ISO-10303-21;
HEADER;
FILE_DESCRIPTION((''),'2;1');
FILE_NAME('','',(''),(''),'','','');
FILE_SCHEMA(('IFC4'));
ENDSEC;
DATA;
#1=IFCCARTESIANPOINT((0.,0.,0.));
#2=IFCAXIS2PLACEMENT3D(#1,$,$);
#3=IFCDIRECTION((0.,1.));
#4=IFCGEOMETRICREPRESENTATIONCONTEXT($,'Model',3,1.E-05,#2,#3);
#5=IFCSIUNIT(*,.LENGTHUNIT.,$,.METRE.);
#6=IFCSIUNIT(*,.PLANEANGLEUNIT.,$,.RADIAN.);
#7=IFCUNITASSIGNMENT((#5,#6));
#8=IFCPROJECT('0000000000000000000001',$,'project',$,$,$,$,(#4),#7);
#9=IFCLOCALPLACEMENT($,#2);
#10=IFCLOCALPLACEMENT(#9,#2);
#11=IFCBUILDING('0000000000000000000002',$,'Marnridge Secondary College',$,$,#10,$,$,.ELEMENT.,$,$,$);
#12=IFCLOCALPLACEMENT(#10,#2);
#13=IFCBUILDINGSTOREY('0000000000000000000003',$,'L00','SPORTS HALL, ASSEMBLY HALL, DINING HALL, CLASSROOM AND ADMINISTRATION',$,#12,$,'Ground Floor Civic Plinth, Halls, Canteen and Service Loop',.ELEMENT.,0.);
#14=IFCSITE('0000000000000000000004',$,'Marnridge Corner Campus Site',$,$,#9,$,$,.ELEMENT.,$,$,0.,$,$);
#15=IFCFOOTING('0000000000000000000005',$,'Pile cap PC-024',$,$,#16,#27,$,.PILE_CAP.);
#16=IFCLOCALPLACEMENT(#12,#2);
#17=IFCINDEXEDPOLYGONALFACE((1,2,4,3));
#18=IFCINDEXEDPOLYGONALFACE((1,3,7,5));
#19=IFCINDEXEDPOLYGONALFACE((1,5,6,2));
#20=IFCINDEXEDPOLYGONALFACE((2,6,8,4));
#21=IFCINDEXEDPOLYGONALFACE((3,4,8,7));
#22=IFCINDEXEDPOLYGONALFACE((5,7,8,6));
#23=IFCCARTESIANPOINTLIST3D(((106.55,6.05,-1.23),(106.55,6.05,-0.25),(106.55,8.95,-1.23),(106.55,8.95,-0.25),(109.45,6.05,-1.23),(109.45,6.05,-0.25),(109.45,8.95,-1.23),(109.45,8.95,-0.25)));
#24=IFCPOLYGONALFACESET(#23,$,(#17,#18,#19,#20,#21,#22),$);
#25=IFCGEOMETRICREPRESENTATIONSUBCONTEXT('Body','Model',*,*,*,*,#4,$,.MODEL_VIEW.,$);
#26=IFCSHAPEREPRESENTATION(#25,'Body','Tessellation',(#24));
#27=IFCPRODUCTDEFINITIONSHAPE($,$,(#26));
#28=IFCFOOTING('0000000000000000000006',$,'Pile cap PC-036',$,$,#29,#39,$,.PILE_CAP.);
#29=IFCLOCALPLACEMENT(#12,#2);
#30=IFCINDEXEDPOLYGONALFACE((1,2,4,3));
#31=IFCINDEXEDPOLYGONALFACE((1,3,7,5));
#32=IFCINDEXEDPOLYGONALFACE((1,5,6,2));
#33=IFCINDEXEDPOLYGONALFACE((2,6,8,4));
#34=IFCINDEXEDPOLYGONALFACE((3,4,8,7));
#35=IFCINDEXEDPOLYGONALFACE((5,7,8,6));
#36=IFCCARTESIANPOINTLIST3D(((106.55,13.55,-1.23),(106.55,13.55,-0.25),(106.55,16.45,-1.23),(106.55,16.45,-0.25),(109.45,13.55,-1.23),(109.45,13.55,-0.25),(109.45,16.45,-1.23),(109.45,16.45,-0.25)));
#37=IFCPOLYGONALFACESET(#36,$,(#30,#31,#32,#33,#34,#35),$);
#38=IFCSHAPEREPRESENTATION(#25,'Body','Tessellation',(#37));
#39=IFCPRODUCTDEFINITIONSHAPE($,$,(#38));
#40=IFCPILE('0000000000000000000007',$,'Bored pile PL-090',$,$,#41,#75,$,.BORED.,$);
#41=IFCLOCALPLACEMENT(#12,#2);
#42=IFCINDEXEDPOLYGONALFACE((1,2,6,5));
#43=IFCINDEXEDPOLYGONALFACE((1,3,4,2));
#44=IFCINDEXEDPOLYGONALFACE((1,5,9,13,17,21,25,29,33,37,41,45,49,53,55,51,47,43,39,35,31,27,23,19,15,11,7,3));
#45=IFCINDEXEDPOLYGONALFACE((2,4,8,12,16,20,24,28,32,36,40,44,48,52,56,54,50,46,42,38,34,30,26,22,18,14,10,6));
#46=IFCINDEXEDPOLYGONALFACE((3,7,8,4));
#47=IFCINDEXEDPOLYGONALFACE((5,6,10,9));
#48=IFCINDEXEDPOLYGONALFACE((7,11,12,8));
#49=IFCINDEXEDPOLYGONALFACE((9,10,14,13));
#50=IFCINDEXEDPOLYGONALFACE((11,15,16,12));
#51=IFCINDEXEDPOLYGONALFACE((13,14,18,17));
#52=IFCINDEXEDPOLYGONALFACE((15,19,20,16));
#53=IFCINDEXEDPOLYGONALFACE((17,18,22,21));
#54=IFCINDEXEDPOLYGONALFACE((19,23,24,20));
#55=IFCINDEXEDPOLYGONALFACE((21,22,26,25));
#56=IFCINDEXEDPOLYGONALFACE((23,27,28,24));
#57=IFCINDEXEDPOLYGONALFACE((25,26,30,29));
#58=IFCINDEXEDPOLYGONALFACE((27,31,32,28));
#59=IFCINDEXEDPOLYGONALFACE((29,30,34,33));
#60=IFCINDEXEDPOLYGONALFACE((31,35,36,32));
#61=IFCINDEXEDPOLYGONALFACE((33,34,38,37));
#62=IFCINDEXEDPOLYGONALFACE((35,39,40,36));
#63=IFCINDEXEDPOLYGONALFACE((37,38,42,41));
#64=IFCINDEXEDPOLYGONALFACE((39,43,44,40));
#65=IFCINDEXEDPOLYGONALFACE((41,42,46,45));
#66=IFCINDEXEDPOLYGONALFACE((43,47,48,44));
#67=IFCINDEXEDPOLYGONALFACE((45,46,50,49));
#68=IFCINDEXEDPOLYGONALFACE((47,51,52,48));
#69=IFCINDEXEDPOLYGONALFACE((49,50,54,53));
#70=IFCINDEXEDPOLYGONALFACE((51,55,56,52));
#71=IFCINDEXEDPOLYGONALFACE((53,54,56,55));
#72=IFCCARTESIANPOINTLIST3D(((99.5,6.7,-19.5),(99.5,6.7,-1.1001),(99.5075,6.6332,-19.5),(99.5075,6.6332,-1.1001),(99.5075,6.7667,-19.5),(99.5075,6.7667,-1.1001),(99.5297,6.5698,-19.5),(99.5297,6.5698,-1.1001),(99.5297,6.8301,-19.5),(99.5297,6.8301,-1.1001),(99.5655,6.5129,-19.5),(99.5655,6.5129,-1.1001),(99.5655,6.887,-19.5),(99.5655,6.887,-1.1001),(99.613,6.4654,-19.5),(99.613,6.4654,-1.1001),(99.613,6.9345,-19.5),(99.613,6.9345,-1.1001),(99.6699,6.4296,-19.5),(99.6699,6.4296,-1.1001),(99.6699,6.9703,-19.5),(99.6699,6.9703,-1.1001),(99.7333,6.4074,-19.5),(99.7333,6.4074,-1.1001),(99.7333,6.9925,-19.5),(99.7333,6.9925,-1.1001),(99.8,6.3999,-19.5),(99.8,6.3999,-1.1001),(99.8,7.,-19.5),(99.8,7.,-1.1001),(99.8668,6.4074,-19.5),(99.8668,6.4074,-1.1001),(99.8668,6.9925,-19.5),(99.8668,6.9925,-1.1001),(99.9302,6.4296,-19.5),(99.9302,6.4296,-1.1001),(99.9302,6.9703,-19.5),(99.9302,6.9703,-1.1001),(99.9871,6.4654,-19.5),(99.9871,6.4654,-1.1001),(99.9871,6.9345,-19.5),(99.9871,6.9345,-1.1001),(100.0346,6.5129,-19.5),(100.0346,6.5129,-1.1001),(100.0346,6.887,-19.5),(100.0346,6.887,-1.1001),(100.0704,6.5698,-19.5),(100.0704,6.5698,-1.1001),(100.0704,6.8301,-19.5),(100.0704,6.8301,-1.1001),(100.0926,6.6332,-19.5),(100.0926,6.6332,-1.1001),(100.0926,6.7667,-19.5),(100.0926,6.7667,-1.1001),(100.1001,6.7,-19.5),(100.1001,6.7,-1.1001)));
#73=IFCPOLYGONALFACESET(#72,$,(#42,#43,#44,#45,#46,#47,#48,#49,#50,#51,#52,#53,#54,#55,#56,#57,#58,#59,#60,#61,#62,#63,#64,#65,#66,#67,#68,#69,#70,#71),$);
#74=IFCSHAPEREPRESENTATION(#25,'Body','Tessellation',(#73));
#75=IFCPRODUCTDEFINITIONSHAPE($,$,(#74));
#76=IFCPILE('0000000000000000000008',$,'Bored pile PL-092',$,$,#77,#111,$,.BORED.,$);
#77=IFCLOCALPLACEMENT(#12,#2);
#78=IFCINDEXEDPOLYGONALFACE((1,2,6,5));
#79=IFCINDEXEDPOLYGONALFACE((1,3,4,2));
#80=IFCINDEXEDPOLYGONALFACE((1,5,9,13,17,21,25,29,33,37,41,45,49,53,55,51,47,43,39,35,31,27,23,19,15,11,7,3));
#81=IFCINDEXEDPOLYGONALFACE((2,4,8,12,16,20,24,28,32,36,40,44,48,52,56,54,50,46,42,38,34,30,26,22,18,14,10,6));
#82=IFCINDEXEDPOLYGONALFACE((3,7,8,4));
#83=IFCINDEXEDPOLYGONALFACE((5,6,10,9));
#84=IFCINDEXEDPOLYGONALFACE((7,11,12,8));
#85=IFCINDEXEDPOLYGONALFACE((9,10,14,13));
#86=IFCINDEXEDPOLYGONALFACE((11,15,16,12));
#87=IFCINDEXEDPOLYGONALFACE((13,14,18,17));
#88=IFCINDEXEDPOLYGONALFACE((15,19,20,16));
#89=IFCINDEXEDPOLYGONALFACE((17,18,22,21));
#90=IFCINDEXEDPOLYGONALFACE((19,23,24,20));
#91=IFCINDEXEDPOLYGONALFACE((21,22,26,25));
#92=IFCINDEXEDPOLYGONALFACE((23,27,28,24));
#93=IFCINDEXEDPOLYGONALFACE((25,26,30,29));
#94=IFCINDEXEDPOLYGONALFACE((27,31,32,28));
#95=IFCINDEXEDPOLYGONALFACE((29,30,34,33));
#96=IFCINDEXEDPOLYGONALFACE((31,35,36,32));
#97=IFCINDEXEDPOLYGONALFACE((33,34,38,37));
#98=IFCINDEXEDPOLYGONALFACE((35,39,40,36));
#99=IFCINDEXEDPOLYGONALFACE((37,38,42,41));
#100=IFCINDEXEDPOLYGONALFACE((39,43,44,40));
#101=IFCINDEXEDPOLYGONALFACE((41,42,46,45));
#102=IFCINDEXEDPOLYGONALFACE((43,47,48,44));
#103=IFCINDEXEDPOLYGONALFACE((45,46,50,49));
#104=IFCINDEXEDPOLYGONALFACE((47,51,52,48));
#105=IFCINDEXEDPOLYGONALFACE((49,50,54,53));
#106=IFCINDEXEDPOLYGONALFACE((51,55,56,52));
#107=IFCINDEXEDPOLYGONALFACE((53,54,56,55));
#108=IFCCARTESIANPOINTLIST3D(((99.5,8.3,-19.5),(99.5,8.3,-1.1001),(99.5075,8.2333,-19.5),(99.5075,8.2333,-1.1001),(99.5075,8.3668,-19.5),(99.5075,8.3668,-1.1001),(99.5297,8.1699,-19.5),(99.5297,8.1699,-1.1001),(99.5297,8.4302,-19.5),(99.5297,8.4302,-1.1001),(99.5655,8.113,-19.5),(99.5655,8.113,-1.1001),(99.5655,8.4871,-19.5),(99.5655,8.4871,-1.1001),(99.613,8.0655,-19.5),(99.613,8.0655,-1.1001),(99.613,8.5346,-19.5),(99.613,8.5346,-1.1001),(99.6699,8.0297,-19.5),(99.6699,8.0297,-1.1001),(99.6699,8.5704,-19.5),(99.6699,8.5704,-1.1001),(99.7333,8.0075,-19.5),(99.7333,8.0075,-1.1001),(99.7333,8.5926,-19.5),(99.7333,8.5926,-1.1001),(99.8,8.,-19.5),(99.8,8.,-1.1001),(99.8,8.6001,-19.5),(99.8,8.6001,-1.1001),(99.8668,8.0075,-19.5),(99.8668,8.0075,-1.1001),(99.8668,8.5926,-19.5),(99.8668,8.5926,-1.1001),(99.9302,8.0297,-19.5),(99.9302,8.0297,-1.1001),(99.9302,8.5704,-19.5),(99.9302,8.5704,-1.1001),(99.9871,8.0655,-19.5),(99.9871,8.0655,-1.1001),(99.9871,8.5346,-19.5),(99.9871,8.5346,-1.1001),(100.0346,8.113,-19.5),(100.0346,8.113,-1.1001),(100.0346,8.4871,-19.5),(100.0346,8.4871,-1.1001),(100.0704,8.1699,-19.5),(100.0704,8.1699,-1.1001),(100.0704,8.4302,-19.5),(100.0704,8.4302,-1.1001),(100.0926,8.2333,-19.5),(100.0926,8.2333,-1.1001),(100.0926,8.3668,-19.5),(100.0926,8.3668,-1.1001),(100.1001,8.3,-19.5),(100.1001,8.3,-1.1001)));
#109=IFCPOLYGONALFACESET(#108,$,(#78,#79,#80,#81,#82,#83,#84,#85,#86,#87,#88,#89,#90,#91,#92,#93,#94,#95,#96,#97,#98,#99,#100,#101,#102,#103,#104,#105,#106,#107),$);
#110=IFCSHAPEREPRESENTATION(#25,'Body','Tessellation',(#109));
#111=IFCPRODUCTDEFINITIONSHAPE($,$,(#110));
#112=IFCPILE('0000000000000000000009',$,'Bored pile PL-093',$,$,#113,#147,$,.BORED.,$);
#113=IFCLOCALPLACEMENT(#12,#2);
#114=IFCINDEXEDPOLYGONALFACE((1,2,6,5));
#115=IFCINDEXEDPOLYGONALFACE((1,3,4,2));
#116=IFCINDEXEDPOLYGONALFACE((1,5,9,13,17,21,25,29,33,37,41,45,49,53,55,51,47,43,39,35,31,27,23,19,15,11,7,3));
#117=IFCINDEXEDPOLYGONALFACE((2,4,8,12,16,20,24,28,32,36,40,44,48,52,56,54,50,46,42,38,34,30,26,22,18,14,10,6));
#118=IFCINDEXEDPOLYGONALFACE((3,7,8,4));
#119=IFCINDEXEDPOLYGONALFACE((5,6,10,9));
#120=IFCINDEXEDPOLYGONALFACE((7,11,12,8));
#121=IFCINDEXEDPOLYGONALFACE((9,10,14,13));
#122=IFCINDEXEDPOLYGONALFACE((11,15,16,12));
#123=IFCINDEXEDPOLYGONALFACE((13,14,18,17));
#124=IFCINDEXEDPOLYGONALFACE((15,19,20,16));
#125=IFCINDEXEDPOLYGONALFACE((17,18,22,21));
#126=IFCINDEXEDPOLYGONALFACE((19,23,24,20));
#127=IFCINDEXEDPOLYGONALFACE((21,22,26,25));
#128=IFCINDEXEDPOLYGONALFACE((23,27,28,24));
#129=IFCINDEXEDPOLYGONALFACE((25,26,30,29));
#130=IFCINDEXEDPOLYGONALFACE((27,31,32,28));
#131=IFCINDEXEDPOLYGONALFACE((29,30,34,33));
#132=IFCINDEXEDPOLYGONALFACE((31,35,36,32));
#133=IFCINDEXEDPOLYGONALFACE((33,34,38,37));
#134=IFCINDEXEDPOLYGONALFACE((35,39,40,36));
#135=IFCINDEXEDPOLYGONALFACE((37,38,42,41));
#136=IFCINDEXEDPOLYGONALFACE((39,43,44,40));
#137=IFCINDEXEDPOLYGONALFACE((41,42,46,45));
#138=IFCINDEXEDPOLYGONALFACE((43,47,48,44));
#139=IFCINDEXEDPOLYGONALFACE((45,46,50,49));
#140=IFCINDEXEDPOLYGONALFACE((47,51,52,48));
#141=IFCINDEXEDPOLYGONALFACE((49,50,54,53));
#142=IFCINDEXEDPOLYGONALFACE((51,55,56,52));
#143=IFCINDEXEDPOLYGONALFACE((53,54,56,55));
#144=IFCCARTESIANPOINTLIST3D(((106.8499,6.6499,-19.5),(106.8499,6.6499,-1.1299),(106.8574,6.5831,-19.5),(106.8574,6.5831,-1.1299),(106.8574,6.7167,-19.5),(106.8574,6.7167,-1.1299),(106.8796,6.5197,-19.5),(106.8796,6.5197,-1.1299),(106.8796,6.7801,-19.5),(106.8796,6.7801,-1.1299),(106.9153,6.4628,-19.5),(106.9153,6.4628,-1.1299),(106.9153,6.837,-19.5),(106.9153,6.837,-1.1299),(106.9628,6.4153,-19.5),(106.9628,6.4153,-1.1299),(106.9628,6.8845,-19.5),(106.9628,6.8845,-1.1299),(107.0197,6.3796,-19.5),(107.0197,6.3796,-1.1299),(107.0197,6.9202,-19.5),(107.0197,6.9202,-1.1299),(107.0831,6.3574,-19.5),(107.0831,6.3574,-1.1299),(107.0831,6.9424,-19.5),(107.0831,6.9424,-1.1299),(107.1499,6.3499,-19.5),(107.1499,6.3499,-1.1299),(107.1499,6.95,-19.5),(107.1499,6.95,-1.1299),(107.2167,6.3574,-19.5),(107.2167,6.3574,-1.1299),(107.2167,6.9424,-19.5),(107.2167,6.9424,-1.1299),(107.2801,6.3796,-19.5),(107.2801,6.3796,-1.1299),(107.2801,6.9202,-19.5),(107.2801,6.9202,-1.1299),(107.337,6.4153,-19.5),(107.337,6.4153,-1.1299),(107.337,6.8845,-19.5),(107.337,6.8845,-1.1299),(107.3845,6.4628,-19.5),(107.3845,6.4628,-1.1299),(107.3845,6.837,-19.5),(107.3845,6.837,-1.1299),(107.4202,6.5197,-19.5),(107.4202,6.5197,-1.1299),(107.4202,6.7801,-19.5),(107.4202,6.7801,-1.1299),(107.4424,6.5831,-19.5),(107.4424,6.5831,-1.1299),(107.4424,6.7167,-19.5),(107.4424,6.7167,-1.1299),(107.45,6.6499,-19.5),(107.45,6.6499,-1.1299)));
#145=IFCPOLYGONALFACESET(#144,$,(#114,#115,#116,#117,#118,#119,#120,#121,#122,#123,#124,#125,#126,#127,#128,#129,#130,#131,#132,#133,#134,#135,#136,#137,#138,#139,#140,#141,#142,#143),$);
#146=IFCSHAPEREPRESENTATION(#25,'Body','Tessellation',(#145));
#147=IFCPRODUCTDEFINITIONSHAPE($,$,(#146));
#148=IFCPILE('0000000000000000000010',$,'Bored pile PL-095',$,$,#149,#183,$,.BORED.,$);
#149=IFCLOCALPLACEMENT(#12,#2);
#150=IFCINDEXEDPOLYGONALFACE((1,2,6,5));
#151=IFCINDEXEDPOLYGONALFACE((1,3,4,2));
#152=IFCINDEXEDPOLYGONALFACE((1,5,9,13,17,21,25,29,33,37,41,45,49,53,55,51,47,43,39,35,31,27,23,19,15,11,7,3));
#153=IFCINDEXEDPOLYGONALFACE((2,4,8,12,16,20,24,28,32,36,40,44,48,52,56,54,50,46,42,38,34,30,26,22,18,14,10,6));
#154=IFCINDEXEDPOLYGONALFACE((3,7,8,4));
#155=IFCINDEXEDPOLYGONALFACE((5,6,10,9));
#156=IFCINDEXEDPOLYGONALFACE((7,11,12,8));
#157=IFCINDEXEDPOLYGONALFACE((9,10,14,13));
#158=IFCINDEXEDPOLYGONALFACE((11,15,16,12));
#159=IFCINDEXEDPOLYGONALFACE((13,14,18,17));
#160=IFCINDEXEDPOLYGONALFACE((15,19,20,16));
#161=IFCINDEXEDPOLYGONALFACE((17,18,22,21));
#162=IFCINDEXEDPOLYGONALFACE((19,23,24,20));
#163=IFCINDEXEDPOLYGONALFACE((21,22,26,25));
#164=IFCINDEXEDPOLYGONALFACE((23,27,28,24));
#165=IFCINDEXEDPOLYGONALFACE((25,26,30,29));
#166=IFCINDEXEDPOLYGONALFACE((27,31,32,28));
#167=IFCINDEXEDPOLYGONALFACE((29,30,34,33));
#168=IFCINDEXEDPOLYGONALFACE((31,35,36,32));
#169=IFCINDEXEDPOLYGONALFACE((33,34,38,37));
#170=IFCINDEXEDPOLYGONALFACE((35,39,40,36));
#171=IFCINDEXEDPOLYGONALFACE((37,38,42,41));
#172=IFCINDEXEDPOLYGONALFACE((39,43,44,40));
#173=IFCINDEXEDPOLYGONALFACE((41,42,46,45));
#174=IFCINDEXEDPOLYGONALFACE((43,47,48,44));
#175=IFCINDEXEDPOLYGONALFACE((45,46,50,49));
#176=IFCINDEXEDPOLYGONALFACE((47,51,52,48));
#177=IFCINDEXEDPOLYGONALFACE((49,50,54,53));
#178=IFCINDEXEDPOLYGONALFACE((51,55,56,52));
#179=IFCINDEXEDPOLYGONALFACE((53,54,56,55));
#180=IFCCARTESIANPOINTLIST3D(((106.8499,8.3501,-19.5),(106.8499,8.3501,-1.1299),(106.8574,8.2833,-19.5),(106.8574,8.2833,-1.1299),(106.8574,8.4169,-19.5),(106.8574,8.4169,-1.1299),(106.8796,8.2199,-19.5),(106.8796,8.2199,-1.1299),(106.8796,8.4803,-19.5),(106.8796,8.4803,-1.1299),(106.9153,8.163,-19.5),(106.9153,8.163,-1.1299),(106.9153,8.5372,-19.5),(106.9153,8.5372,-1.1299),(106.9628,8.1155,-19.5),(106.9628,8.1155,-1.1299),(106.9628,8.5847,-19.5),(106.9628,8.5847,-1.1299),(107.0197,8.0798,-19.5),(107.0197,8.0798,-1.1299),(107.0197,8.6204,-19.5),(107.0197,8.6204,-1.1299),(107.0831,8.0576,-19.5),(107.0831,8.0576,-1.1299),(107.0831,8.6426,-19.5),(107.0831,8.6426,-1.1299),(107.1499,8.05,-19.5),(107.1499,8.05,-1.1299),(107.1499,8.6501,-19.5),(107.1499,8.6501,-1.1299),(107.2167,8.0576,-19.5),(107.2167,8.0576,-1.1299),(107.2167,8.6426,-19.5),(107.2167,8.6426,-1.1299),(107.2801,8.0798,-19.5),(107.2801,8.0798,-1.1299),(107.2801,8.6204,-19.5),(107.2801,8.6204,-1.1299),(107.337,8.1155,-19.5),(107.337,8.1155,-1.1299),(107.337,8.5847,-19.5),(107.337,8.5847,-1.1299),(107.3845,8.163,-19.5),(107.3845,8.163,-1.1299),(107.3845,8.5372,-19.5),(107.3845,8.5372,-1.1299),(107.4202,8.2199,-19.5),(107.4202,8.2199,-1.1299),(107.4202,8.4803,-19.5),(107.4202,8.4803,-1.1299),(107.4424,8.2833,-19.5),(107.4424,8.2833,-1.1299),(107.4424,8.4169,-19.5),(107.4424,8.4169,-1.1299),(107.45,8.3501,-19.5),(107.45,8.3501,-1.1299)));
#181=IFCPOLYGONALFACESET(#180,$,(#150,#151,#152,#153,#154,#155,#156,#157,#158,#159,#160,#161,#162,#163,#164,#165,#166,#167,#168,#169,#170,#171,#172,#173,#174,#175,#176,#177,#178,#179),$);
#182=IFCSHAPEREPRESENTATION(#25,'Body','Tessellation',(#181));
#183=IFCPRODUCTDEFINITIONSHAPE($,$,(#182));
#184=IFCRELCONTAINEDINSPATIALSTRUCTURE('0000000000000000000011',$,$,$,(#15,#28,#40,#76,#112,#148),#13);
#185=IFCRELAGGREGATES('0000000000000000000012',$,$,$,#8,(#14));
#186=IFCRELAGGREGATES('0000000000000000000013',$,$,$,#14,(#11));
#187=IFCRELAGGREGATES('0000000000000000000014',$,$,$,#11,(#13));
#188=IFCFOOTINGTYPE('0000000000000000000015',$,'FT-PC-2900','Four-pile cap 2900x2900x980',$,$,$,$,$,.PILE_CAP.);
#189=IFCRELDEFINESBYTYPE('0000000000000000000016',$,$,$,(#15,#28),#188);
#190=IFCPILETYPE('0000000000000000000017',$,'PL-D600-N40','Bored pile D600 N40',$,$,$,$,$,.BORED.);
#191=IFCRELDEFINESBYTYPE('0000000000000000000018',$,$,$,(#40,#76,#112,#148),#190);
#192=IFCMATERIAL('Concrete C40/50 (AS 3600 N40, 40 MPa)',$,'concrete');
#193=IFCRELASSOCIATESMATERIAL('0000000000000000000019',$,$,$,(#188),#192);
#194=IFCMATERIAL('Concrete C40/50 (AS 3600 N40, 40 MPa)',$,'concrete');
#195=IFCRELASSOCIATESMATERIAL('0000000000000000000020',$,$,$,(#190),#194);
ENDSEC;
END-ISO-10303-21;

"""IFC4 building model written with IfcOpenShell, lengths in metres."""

from ifc_helpers import new_model, si_unit, direction, frame, origin, origin_2d, place, context, subcontext, project, spatial, rectangle, circle, extrude, material, material_profile, profile_set, type_object, element, save


model = new_model("IFC4")

# Units and contexts
model_context = context("Model", 3, precision=1e-05, world=origin(), true_north=direction((0.0, 1.0)))
body_context = subcontext(model_context, "Body", "Model", "MODEL_VIEW")
ifc_project = project(units=[si_unit("LENGTHUNIT", "METRE"), si_unit("PLANEANGLEUNIT", "RADIAN")], contexts=[model_context])

# Site, building, storey
site_placement = place(None, origin())
site = spatial("IfcSite", under=ifc_project, at=site_placement, Name="Marnridge Corner Campus Site", CompositionType="ELEMENT", RefElevation=0.0)
building_placement = place(site_placement, origin())
building = spatial("IfcBuilding", under=site, at=building_placement, Name="Marnridge Secondary College", CompositionType="ELEMENT")
storey_placement = place(building_placement, origin())
storey = spatial("IfcBuildingStorey", under=building, at=storey_placement, Name="L00", Description="SPORTS HALL, ASSEMBLY HALL, DINING HALL, CLASSROOM AND ADMINISTRATION", LongName="Ground Floor Civic Plinth, Halls, Canteen and Service Loop", CompositionType="ELEMENT", Elevation=0.0)

# Footings
ifc_material_1 = material(Name="Concrete C40/50 (AS 3600 N40, 40 MPa)", Category="concrete")
footing_type = type_object("IfcFootingType", Name="FT-PC-2900", Description="Four-pile cap 2900x2900x980", PredefinedType="PILE_CAP", material=ifc_material_1)
for number, where, z_axis, x_axis, name in (
    (1, (108.0, 7.5, -1.23), (0.0, 0.0, 1.0), (1.0, 0.0, 0.0), "Pile cap PC-024"),
    (2, (108.0, 15.0, -1.23), (0.0, 0.0, 1.0), (1.0, 0.0, 0.0), "Pile cap PC-036"),
):
    element("IfcFooting", number, at=place(storey_placement, frame(where, z_axis=z_axis, x_axis=x_axis)), inside=storey, type_object=footing_type, Name=name, PredefinedType="PILE_CAP", context=body_context, shape_type="SweptSolid", body=[
        extrude(rectangle(XDim=2.8999, YDim=2.8999, at=origin_2d()), origin(), (0.0, 0.0, 1.0), 0.98),
    ])

# Piles
ifc_material_2 = material(Name="Concrete C40/50 (AS 3600 N40, 40 MPa)", Category="concrete")
ifc_material_profile_1 = material_profile(ifc_material_2, circle(Radius=0.3, at=origin_2d()), Name="PILE D600")
ifc_profile_set_1 = profile_set([ifc_material_profile_1], Name="Concrete C40/50 (AS 3600 N40, 40 MPa)")
pile_type = type_object("IfcPileType", Name="PL-D600-N40", Description="Bored pile D600 N40", PredefinedType="BORED", material=ifc_profile_set_1)
for number, where, z_axis, x_axis, name in (
    (3, (99.8, 6.7, -1.1001), (0.0, 0.0, -1.0), (1.0, 0.0, 0.0), "Bored pile PL-090"),
    (4, (99.8, 8.3, -1.1001), (0.0, 0.0, -1.0), (1.0, 0.0, 0.0), "Bored pile PL-092"),
):
    element("IfcPile", number, at=place(storey_placement, frame(where, z_axis=z_axis, x_axis=x_axis)), inside=storey, type_object=pile_type, Name=name, PredefinedType="BORED", context=body_context, shape_type="SweptSolid", body=[
        extrude(circle(Radius=0.3, at=origin_2d()), origin(), (0.0, 0.0, 1.0), 18.3999),
    ])
for number, where, z_axis, x_axis, name in (
    (5, (107.1499, 6.6499, -1.1299), (0.0, 0.0, -1.0), (1.0, 0.0, 0.0), "Bored pile PL-093"),
    (6, (107.1499, 8.3501, -1.1299), (0.0, 0.0, -1.0), (1.0, 0.0, 0.0), "Bored pile PL-095"),
):
    element("IfcPile", number, at=place(storey_placement, frame(where, z_axis=z_axis, x_axis=x_axis)), inside=storey, type_object=pile_type, Name=name, PredefinedType="BORED", context=body_context, shape_type="SweptSolid", body=[
        extrude(circle(Radius=0.3, at=origin_2d()), origin(), (0.0, 0.0, 1.0), 18.3701),
    ])

save(model, "model.ifc")
